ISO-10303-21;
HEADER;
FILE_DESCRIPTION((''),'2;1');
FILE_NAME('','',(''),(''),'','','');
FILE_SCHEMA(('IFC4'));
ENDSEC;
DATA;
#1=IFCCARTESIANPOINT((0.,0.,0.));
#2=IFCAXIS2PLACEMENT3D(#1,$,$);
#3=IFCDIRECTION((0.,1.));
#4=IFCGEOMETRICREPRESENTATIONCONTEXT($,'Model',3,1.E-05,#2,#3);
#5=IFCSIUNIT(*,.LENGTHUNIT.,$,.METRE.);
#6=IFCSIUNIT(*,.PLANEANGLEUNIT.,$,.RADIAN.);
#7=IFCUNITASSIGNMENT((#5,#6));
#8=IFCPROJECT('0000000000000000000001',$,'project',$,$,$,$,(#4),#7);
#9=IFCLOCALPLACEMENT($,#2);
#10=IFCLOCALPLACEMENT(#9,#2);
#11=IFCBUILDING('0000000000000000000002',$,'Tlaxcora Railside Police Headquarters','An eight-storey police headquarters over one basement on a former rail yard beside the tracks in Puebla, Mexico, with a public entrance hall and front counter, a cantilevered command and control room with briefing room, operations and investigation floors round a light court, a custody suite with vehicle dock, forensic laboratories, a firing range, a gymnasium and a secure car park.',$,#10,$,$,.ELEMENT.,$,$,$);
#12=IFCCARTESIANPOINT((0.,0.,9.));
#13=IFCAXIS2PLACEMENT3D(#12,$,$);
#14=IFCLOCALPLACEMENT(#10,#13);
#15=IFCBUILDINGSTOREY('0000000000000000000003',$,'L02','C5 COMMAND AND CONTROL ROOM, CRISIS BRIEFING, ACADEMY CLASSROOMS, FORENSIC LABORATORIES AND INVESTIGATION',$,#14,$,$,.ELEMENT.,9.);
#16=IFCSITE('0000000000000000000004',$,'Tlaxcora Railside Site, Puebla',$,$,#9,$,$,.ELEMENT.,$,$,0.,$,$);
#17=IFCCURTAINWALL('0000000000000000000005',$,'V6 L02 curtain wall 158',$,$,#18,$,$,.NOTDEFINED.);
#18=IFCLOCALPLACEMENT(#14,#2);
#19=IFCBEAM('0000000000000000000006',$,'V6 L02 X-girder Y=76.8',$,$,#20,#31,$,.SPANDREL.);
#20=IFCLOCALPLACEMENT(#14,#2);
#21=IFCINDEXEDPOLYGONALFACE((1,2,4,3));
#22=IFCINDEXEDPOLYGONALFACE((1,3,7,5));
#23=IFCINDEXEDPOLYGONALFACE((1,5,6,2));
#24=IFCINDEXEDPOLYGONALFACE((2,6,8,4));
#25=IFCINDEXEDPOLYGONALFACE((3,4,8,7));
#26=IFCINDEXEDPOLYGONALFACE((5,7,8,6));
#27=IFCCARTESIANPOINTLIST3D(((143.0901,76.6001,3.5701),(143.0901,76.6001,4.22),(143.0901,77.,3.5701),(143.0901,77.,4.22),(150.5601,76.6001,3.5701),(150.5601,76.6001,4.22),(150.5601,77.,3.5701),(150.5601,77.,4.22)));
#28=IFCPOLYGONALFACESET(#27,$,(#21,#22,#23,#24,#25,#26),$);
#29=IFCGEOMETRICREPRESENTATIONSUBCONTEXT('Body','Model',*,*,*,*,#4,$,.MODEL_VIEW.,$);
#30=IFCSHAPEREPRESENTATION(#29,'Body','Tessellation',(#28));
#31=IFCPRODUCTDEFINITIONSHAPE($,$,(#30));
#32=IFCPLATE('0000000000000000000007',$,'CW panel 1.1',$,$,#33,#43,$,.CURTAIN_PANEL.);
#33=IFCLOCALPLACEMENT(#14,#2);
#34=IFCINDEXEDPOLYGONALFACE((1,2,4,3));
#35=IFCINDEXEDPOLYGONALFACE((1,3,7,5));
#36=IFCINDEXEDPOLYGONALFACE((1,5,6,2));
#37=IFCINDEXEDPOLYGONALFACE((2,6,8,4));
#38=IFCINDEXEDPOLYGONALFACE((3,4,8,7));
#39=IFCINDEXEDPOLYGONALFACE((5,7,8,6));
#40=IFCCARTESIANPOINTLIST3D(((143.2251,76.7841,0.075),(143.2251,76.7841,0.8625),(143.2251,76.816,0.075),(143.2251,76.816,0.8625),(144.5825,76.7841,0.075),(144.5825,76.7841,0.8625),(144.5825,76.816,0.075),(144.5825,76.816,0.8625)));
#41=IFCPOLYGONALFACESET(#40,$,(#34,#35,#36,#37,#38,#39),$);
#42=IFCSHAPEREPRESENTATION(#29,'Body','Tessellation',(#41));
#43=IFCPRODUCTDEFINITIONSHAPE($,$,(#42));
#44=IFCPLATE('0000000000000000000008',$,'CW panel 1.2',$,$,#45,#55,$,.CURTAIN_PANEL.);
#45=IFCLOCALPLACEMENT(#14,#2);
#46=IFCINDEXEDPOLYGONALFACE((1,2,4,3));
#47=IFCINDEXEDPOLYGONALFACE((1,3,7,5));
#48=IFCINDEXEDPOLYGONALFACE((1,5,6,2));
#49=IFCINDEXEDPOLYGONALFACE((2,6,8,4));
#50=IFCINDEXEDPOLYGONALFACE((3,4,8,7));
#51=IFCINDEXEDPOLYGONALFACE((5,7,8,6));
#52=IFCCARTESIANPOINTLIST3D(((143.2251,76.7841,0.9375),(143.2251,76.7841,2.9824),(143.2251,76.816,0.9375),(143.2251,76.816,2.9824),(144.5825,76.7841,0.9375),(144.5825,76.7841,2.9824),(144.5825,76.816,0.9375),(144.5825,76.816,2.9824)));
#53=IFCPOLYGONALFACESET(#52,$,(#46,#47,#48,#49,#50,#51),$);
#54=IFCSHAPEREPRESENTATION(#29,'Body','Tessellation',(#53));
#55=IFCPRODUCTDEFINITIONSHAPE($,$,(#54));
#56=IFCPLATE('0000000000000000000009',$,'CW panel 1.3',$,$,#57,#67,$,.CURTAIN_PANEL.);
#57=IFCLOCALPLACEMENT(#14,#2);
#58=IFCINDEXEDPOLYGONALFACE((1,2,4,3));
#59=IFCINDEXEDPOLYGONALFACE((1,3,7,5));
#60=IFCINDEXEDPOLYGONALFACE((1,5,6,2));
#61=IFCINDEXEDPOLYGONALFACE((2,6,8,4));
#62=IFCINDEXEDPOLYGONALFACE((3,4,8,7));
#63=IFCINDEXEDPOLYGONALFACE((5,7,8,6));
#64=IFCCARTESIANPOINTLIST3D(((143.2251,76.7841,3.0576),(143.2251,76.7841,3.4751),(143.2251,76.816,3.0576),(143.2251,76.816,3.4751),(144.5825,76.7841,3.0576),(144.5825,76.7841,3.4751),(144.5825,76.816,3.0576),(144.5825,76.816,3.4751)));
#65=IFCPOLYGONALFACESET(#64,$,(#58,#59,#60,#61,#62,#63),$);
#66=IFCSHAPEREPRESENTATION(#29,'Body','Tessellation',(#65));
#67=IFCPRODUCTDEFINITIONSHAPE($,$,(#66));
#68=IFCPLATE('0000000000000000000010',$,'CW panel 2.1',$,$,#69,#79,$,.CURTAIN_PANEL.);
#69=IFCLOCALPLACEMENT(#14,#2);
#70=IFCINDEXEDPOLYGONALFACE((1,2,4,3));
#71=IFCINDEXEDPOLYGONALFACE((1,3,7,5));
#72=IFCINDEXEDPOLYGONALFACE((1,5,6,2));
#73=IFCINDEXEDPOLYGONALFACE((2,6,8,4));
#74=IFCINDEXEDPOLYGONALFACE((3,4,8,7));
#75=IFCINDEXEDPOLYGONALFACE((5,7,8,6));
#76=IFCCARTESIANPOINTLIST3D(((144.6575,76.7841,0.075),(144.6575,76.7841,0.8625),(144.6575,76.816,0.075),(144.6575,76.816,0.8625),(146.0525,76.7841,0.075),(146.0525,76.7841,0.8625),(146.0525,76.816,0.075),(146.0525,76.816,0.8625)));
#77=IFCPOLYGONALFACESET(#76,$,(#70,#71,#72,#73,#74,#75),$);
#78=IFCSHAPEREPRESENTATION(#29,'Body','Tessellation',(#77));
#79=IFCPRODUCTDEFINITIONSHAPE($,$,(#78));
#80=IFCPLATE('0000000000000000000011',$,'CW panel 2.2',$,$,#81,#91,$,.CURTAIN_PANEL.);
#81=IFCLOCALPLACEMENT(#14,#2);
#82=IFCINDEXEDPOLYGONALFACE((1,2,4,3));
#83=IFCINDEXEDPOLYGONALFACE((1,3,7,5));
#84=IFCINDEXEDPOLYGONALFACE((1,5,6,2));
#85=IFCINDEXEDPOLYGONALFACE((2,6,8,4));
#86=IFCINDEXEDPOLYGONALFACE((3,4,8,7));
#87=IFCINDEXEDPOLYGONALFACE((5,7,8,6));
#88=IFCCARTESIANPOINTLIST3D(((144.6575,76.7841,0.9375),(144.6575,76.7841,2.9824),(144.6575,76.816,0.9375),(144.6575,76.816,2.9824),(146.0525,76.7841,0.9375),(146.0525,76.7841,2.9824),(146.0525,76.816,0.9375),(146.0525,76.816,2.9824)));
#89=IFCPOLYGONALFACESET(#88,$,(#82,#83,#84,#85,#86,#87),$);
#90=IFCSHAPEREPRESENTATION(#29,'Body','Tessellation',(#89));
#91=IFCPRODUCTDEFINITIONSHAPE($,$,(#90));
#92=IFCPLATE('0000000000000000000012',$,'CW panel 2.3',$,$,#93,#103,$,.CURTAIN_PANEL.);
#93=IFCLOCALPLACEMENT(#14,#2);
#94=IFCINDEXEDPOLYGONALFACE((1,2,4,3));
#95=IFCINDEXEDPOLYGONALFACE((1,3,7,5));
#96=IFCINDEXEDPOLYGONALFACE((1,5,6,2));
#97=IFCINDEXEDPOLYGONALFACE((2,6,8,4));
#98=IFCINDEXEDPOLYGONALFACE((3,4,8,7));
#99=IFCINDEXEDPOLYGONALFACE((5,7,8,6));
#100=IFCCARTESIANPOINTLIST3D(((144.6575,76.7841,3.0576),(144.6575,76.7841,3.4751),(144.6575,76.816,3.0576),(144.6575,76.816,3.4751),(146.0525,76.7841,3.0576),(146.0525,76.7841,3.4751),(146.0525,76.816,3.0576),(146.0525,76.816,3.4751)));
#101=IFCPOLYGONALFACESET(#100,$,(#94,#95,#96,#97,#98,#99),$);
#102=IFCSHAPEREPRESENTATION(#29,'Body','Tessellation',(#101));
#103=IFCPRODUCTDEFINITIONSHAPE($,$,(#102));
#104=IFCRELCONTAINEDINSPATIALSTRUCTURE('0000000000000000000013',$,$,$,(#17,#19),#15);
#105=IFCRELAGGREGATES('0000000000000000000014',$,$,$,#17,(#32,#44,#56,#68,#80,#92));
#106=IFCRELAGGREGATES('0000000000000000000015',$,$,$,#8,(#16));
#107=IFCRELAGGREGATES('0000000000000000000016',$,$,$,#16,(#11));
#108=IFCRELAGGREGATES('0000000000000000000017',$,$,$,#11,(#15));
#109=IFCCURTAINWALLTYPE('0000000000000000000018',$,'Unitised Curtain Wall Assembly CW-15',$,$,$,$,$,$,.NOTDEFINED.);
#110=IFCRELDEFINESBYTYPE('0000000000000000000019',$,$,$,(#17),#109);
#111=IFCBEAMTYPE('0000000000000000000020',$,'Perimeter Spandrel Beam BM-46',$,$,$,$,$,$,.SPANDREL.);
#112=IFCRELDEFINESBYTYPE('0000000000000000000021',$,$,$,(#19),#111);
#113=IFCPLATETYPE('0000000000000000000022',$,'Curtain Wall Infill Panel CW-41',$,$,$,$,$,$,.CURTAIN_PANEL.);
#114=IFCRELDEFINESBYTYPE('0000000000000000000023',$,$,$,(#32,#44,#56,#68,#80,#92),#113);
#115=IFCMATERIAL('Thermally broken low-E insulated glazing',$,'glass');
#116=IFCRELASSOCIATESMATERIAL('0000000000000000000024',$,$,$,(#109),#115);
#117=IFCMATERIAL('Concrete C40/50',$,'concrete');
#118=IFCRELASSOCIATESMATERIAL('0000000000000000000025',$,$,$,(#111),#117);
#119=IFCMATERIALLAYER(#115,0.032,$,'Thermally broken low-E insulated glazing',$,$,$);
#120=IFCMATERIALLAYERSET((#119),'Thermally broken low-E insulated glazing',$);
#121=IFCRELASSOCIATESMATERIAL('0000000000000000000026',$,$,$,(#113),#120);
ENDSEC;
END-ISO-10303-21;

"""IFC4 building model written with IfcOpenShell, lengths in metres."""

from ifc_helpers import new_model, si_unit, direction, frame, origin, origin_2d, place, context, subcontext, project, spatial, rectangle, extrude, material, layer, layer_set, material_profile, profile_set, type_object, element, aggregate, save


model = new_model("IFC4")

# Units and contexts
model_context = context("Model", 3, precision=1e-05, world=origin(), true_north=direction((0.0, 1.0)))
body_context = subcontext(model_context, "Body", "Model", "MODEL_VIEW")
ifc_project = project(units=[si_unit("LENGTHUNIT", "METRE"), si_unit("PLANEANGLEUNIT", "RADIAN")], contexts=[model_context])

# Site, building, storey
site_placement = place(None, origin())
site = spatial("IfcSite", under=ifc_project, at=site_placement, Name="Tlaxcora Railside Site, Puebla", CompositionType="ELEMENT", RefElevation=0.0)
building_placement = place(site_placement, origin())
building = spatial("IfcBuilding", under=site, at=building_placement, Name="Tlaxcora Railside Police Headquarters", Description="An eight-storey police headquarters over one basement on a former rail yard beside the tracks in Puebla, Mexico, with a public entrance hall and front counter, a cantilevered command and control room with briefing room, operations and investigation floors round a light court, a custody suite with vehicle dock, forensic laboratories, a firing range, a gymnasium and a secure car park.", CompositionType="ELEMENT")
storey_placement = place(building_placement, frame((0.0, 0.0, 9.0)))
storey = spatial("IfcBuildingStorey", under=building, at=storey_placement, Name="L02", Description="C5 COMMAND AND CONTROL ROOM, CRISIS BRIEFING, ACADEMY CLASSROOMS, FORENSIC LABORATORIES AND INVESTIGATION", CompositionType="ELEMENT", Elevation=9.0)

# Curtain wall
ifc_material_1 = material(Name="Thermally broken low-E insulated glazing", Category="glass")
curtain_wall_type = type_object("IfcCurtainWallType", Name="Unitised Curtain Wall Assembly CW-15", PredefinedType="NOTDEFINED", material=ifc_material_1)
curtain_wall_placement = place(storey_placement, origin())
curtain_wall = element("IfcCurtainWall", 1, at=curtain_wall_placement, inside=storey, type_object=curtain_wall_type, Name="V6 L02 curtain wall 158", PredefinedType="NOTDEFINED")

# Beam
ifc_material_2 = material(Name="Concrete C40/50", Category="concrete")
ifc_material_profile_1 = material_profile(ifc_material_2, rectangle(XDim=0.3999, YDim=0.6499, at=origin_2d()), Name="RC400X650")
ifc_profile_set_1 = profile_set([ifc_material_profile_1], Name="Concrete C40/50")
beam_type = type_object("IfcBeamType", Name="Perimeter Spandrel Beam BM-46", PredefinedType="SPANDREL", material=ifc_profile_set_1)
beam_placement = place(storey_placement, frame((143.0901, 76.8, 3.895), z_axis=(1.0, 0.0, 0.0), x_axis=(0.0, 1.0, 0.0)))
element("IfcBeam", 2, at=beam_placement, inside=storey, type_object=beam_type, Name="V6 L02 X-girder Y=76.8", PredefinedType="SPANDREL", context=body_context, shape_type="SweptSolid", body=[
    extrude(rectangle(XDim=0.3999, YDim=0.6499, at=origin_2d()), origin(), (0.0, 0.0, 1.0), 7.47),
])

# Plates
ifc_layer = layer(ifc_material_1, 0.032, Name="Thermally broken low-E insulated glazing")
ifc_layer_set = layer_set([ifc_layer], Name="Thermally broken low-E insulated glazing")
plate_type = type_object("IfcPlateType", Name="Curtain Wall Infill Panel CW-41", PredefinedType="CURTAIN_PANEL", material=ifc_layer_set)
plate_1_placement = place(storey_placement, frame((143.9038, 76.8, 0.075), z_axis=(0.0, 0.0, 1.0), x_axis=(1.0, 0.0, 0.0)))
plate_1 = element("IfcPlate", 3, at=plate_1_placement, type_object=plate_type, Name="CW panel 1.1", PredefinedType="CURTAIN_PANEL", context=body_context, shape_type="SweptSolid", body=[
    extrude(rectangle(XDim=1.3574, YDim=0.032, at=origin_2d()), origin(), (0.0, 0.0, 1.0), 0.7876),
])
plate_2_placement = place(storey_placement, frame((143.9038, 76.8, 0.9375), z_axis=(0.0, 0.0, 1.0), x_axis=(1.0, 0.0, 0.0)))
plate_2 = element("IfcPlate", 4, at=plate_2_placement, type_object=plate_type, Name="CW panel 1.2", PredefinedType="CURTAIN_PANEL", context=body_context, shape_type="SweptSolid", body=[
    extrude(rectangle(XDim=1.3574, YDim=0.032, at=origin_2d()), origin(), (0.0, 0.0, 1.0), 2.0449),
])
plate_3_placement = place(storey_placement, frame((143.9038, 76.8, 3.0576), z_axis=(0.0, 0.0, 1.0), x_axis=(1.0, 0.0, 0.0)))
plate_3 = element("IfcPlate", 5, at=plate_3_placement, type_object=plate_type, Name="CW panel 1.3", PredefinedType="CURTAIN_PANEL", context=body_context, shape_type="SweptSolid", body=[
    extrude(rectangle(XDim=1.3574, YDim=0.032, at=origin_2d()), origin(), (0.0, 0.0, 1.0), 0.4175),
])
plate_4_placement = place(storey_placement, frame((145.355, 76.8, 0.075), z_axis=(0.0, 0.0, 1.0), x_axis=(1.0, 0.0, 0.0)))
plate_4 = element("IfcPlate", 6, at=plate_4_placement, type_object=plate_type, Name="CW panel 2.1", PredefinedType="CURTAIN_PANEL", context=body_context, shape_type="SweptSolid", body=[
    extrude(rectangle(XDim=1.395, YDim=0.032, at=origin_2d()), origin(), (0.0, 0.0, 1.0), 0.7876),
])
plate_5_placement = place(storey_placement, frame((145.355, 76.8, 0.9375), z_axis=(0.0, 0.0, 1.0), x_axis=(1.0, 0.0, 0.0)))
plate_5 = element("IfcPlate", 7, at=plate_5_placement, type_object=plate_type, Name="CW panel 2.2", PredefinedType="CURTAIN_PANEL", context=body_context, shape_type="SweptSolid", body=[
    extrude(rectangle(XDim=1.395, YDim=0.032, at=origin_2d()), origin(), (0.0, 0.0, 1.0), 2.0449),
])
plate_6_placement = place(storey_placement, frame((145.355, 76.8, 3.0576), z_axis=(0.0, 0.0, 1.0), x_axis=(1.0, 0.0, 0.0)))
plate_6 = element("IfcPlate", 8, at=plate_6_placement, type_object=plate_type, Name="CW panel 2.3", PredefinedType="CURTAIN_PANEL", context=body_context, shape_type="SweptSolid", body=[
    extrude(rectangle(XDim=1.395, YDim=0.032, at=origin_2d()), origin(), (0.0, 0.0, 1.0), 0.4175),
])
aggregate(curtain_wall, [plate_1, plate_2, plate_3, plate_4, plate_5, plate_6])

save(model, "model.ifc")
